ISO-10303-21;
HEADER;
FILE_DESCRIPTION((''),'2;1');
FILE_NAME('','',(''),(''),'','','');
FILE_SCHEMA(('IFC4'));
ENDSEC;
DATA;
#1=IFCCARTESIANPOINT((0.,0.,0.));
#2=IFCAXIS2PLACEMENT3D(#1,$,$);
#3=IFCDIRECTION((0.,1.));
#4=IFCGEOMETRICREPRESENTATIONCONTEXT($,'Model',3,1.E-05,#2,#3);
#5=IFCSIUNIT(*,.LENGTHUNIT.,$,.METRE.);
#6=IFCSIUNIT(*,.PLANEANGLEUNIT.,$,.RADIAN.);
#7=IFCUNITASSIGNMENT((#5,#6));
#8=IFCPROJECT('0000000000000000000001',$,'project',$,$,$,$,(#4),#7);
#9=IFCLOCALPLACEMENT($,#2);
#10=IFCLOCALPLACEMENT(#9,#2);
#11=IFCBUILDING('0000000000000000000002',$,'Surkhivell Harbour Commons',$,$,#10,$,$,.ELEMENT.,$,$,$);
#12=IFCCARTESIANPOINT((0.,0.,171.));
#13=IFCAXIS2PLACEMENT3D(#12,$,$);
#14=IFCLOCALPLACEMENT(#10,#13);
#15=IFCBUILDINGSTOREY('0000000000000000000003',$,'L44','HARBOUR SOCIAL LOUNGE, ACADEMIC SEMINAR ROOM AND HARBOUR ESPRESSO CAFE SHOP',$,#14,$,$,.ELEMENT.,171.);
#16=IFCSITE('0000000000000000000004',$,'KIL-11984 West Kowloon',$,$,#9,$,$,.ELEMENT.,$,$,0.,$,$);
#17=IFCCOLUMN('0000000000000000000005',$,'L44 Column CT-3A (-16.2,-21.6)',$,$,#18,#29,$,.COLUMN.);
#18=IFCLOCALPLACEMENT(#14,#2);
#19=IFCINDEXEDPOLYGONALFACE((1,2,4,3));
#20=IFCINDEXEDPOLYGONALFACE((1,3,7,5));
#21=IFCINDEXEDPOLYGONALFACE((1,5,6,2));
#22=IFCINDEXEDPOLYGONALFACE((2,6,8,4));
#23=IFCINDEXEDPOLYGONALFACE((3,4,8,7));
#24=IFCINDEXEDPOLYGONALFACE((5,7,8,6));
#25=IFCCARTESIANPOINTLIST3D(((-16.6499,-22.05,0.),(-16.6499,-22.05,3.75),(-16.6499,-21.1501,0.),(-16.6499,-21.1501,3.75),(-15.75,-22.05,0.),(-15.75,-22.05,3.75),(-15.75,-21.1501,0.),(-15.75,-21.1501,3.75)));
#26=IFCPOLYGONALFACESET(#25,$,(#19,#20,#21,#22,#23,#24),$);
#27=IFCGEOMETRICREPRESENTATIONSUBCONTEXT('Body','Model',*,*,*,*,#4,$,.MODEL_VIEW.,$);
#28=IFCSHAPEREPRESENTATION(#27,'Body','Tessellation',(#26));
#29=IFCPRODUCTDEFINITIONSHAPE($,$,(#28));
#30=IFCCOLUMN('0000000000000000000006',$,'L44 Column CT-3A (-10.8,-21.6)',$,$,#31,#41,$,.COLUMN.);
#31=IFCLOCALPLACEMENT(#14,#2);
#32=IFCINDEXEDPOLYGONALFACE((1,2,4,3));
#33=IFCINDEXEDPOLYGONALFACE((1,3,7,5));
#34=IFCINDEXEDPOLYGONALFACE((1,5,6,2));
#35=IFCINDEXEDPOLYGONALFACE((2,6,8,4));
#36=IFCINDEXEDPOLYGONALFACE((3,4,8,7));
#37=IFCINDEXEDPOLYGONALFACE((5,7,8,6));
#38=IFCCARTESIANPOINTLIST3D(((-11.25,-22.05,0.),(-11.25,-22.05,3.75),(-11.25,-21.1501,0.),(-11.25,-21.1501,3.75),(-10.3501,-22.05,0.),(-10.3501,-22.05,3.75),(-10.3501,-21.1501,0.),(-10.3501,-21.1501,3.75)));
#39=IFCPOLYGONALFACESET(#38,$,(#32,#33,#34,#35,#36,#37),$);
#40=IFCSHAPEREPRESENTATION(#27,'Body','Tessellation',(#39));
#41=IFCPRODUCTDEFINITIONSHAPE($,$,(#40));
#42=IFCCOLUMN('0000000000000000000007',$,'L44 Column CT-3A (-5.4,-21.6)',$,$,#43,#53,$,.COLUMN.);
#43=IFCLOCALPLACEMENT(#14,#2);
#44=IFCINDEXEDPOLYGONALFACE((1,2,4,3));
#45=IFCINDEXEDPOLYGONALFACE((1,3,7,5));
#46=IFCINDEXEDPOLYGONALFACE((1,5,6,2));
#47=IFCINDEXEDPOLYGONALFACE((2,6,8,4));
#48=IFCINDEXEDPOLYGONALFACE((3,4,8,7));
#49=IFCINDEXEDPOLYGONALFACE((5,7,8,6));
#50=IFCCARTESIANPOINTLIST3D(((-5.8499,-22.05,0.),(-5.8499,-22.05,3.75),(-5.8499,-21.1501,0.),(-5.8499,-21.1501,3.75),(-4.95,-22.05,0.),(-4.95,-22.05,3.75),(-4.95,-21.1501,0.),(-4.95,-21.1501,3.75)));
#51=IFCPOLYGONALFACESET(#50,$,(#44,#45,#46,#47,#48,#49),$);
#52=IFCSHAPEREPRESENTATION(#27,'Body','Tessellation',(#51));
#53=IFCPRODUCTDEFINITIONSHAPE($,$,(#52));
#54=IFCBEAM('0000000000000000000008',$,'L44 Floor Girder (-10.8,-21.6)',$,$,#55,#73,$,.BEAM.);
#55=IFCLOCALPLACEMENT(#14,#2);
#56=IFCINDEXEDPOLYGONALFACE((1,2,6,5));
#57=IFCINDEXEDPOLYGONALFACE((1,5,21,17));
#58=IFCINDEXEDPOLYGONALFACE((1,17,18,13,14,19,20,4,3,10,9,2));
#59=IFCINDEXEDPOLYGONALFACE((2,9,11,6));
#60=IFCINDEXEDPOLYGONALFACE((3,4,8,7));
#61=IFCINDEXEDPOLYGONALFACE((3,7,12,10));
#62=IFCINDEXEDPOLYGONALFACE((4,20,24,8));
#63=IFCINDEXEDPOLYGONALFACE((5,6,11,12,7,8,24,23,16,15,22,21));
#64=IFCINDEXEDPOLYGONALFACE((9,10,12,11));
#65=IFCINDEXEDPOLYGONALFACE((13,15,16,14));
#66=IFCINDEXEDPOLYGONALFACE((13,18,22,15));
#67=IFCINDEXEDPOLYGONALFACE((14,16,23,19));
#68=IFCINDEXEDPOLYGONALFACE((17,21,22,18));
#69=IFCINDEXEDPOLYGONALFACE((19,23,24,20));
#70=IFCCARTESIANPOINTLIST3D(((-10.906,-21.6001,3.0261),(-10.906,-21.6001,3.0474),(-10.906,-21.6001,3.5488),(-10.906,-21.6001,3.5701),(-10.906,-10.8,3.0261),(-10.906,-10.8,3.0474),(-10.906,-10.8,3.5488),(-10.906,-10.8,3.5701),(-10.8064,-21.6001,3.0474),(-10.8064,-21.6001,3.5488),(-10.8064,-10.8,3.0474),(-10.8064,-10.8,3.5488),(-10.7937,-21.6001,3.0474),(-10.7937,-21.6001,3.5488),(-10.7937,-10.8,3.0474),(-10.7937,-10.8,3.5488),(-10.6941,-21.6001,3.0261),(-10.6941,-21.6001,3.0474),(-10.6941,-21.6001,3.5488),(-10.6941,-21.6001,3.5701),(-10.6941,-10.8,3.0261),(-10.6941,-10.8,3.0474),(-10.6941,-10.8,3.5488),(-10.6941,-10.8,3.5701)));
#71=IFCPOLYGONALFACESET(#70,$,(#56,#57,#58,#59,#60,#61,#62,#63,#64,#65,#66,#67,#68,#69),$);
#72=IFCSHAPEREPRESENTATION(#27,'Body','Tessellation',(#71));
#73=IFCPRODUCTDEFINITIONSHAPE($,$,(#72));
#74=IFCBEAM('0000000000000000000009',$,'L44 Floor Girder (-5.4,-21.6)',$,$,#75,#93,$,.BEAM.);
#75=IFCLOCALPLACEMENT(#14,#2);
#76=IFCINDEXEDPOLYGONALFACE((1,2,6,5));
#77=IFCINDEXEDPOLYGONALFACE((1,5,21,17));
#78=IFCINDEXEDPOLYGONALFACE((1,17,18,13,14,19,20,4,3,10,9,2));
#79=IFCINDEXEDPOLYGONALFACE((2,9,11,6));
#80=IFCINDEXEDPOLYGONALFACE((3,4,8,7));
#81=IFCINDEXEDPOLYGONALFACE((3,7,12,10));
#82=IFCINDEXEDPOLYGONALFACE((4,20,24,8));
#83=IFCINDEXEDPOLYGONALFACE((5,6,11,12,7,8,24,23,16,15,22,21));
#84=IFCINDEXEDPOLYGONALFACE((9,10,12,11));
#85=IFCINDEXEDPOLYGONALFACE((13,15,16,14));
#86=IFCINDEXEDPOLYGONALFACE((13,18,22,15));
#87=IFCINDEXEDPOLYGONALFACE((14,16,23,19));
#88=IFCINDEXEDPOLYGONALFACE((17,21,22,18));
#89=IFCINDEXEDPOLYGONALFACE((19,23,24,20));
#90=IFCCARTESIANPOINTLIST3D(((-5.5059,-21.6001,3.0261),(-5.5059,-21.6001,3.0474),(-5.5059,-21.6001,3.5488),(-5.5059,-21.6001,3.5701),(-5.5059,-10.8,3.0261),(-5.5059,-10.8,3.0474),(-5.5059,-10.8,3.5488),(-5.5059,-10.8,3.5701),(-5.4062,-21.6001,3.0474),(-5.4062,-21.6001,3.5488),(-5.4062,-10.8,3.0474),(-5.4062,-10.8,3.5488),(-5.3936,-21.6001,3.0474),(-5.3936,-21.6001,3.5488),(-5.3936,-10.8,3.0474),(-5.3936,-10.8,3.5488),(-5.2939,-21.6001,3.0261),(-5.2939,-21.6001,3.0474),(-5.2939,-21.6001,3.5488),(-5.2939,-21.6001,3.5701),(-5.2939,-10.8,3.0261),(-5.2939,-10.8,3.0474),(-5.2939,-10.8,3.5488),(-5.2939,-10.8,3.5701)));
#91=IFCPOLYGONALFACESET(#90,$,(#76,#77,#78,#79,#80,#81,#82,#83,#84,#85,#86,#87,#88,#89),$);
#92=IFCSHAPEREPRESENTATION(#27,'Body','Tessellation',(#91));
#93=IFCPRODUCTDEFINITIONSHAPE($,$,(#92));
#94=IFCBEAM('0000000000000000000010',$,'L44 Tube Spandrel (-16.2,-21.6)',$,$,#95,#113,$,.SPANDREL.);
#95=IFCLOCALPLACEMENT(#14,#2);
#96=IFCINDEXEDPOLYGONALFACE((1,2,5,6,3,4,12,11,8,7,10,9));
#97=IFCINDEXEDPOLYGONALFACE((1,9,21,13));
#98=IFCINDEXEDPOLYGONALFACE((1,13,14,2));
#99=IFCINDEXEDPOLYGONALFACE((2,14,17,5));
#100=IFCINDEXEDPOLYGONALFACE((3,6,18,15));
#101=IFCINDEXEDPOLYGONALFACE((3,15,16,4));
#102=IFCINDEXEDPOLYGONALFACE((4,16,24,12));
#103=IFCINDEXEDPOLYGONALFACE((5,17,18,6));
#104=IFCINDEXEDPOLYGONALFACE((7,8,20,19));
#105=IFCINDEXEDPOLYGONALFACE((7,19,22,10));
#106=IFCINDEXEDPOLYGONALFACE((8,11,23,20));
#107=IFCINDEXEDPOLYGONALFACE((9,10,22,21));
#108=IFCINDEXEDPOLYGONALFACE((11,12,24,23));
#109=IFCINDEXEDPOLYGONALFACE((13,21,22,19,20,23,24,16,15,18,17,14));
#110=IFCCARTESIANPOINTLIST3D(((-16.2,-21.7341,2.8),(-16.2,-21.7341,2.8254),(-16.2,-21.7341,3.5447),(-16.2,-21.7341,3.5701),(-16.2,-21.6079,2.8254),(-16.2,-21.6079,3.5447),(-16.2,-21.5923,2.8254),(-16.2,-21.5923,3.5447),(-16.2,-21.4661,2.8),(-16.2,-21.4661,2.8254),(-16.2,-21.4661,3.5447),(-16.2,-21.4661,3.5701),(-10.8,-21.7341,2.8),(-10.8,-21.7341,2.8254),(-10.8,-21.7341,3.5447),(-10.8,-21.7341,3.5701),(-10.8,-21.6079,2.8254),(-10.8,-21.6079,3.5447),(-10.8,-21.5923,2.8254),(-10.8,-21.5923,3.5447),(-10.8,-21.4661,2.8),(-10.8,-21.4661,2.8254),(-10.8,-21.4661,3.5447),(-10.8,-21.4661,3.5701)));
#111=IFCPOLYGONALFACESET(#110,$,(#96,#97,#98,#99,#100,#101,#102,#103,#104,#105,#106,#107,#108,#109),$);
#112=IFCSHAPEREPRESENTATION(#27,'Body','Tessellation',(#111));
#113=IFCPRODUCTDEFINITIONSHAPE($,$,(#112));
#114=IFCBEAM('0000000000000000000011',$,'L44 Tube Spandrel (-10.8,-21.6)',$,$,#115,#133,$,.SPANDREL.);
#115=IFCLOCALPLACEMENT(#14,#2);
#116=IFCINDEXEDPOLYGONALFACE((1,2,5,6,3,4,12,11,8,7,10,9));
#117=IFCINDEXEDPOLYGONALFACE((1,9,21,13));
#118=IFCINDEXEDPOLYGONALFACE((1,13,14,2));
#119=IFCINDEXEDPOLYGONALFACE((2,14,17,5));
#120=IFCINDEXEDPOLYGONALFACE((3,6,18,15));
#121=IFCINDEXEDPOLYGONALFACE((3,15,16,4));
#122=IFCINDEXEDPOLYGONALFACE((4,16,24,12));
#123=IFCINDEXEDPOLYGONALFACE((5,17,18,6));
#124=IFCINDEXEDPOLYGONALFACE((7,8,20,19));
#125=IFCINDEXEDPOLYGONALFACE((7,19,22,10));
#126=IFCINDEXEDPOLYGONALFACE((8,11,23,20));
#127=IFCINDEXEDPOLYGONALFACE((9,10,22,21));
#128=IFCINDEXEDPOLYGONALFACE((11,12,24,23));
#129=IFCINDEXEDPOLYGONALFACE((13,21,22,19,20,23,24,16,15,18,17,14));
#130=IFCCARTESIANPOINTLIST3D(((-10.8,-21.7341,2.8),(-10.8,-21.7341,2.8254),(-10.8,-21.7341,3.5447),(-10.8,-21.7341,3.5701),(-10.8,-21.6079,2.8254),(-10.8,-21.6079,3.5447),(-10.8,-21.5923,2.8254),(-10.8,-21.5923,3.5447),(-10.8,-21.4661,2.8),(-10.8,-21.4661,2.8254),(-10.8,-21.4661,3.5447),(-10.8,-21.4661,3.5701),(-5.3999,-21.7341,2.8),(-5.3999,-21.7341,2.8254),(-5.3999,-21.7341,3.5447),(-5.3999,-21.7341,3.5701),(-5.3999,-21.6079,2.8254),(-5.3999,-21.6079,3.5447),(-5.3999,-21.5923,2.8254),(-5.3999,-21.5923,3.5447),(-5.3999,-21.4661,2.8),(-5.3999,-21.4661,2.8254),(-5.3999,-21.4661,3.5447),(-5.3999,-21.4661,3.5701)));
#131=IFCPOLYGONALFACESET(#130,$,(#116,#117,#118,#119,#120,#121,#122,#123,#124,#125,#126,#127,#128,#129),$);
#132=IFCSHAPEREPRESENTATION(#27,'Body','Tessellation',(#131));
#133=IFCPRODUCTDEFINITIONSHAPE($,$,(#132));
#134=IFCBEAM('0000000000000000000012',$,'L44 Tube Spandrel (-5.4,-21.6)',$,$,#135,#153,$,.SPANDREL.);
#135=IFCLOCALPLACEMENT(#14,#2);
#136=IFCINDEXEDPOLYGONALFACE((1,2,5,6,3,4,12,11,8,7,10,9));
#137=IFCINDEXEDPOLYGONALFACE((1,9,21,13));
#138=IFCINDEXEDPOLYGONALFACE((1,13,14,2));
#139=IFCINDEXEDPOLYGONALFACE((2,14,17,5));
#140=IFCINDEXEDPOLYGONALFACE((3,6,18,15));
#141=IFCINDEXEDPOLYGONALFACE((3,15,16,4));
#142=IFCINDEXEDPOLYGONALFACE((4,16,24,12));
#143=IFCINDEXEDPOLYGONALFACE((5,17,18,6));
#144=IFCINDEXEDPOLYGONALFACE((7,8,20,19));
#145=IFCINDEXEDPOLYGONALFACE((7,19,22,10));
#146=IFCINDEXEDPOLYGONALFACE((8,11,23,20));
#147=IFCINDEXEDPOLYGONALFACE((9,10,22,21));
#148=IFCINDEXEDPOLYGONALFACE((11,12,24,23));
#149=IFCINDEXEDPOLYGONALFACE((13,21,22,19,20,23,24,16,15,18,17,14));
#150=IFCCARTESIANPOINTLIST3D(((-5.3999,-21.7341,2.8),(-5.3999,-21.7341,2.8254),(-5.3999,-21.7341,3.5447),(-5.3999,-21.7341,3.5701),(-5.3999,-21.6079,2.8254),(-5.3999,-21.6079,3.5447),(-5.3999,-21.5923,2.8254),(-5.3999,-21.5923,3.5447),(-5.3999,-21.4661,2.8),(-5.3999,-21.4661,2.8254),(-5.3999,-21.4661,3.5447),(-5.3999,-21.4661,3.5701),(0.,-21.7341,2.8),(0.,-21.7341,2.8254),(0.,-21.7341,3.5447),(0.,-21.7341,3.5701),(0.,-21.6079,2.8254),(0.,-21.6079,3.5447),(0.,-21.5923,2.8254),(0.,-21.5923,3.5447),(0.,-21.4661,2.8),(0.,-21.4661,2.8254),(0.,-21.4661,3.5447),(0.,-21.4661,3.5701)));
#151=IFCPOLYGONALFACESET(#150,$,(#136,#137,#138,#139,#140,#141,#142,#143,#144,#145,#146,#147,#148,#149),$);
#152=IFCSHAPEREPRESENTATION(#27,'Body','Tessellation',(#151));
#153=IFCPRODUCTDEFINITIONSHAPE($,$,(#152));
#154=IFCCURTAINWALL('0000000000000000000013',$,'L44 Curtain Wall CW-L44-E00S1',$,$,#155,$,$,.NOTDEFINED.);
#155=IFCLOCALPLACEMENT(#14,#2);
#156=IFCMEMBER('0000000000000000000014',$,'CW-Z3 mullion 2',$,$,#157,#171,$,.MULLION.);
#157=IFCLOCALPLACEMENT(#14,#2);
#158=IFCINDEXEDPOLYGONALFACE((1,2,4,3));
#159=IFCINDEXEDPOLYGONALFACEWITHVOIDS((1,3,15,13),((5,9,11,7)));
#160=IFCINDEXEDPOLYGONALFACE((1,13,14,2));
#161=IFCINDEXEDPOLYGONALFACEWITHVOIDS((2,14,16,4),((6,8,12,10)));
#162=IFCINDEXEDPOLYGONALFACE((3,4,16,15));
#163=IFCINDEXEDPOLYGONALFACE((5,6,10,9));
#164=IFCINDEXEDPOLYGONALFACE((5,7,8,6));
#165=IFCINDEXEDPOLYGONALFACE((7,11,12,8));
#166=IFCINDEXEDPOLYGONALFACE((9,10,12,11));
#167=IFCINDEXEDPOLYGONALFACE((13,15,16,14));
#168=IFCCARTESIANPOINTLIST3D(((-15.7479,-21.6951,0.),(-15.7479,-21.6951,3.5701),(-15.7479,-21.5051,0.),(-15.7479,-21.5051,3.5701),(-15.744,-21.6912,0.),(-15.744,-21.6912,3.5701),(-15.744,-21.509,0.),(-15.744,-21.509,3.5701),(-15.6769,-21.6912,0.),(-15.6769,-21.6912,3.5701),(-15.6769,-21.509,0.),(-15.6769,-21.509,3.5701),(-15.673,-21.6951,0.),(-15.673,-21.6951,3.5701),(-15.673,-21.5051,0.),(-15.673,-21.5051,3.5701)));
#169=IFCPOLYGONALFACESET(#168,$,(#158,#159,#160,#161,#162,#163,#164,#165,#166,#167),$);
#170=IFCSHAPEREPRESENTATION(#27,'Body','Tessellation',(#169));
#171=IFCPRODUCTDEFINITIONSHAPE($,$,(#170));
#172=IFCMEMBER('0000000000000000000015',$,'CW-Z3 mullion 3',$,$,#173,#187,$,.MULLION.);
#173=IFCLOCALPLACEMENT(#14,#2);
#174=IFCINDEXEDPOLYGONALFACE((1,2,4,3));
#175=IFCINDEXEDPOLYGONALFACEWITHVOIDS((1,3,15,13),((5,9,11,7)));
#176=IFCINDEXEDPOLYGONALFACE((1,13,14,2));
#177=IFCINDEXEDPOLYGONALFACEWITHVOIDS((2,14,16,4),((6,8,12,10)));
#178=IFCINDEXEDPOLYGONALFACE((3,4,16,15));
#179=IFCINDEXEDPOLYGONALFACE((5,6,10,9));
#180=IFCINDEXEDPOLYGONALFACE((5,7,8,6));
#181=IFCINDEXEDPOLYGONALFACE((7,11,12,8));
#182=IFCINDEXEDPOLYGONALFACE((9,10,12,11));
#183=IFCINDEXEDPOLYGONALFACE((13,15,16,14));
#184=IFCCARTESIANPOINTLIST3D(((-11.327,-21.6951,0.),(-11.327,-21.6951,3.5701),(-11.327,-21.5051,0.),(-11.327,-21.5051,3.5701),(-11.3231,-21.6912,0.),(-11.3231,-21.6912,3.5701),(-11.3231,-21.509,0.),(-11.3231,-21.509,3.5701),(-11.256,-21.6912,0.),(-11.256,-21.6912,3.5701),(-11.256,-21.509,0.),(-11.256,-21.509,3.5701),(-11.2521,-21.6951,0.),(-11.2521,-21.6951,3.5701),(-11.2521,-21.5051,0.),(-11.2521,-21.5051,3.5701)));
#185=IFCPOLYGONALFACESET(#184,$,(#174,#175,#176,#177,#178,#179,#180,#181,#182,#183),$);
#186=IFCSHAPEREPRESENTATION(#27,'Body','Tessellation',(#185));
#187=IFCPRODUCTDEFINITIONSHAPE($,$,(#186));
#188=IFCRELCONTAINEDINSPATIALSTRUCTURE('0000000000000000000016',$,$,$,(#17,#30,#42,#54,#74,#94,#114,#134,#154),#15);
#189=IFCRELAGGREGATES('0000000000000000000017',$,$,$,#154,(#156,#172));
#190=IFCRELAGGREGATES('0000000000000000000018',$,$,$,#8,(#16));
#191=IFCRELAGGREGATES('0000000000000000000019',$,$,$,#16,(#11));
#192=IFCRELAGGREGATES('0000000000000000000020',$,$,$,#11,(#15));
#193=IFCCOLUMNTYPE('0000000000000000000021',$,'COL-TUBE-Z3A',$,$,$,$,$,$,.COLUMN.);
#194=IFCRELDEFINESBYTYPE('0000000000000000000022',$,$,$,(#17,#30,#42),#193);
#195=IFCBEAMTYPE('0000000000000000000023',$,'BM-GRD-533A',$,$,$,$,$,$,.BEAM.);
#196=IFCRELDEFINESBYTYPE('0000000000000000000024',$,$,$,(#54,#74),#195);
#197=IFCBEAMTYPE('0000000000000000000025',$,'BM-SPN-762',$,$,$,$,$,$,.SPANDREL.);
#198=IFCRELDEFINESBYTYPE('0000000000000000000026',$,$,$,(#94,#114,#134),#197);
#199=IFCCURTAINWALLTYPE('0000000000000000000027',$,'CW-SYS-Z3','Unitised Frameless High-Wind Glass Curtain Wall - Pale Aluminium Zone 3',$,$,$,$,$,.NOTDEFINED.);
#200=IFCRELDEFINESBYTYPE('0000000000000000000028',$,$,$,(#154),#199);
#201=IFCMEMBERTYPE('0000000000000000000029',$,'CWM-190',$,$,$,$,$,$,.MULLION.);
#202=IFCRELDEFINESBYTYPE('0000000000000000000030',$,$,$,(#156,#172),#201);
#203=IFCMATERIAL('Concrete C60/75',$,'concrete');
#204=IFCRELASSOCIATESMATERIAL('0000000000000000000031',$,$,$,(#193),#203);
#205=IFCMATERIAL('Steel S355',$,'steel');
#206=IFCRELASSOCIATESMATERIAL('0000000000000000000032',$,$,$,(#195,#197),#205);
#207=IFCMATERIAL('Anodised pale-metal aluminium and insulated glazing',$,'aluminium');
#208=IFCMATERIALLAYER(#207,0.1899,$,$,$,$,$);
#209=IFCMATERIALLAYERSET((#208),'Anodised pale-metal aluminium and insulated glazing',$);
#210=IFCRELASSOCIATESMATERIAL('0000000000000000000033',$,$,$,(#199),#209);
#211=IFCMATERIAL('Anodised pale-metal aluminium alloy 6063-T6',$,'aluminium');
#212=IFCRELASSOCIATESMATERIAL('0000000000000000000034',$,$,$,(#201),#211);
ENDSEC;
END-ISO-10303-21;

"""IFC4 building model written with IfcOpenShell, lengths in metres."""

from ifc_helpers import new_model, si_unit, direction, frame, origin, origin_2d, place, context, subcontext, project, spatial, rectangle, hollow_rectangle, i_section, extrude, material, layer, layer_set, material_profile, profile_set, type_object, element, aggregate, save


model = new_model("IFC4")

# Units and contexts
model_context = context("Model", 3, precision=1e-05, world=origin(), true_north=direction((0.0, 1.0)))
body_context = subcontext(model_context, "Body", "Model", "MODEL_VIEW")
ifc_project = project(units=[si_unit("LENGTHUNIT", "METRE"), si_unit("PLANEANGLEUNIT", "RADIAN")], contexts=[model_context])

# Site, building, storey
site_placement = place(None, origin())
site = spatial("IfcSite", under=ifc_project, at=site_placement, Name="KIL-11984 West Kowloon", CompositionType="ELEMENT", RefElevation=0.0)
building_placement = place(site_placement, origin())
building = spatial("IfcBuilding", under=site, at=building_placement, Name="Surkhivell Harbour Commons", CompositionType="ELEMENT")
storey_placement = place(building_placement, frame((0.0, 0.0, 171.0)))
storey = spatial("IfcBuildingStorey", under=building, at=storey_placement, Name="L44", Description="HARBOUR SOCIAL LOUNGE, ACADEMIC SEMINAR ROOM AND HARBOUR ESPRESSO CAFE SHOP", CompositionType="ELEMENT", Elevation=171.0)

# Columns
ifc_material_1 = material(Name="Concrete C60/75", Category="concrete")
ifc_material_profile_1 = material_profile(ifc_material_1, rectangle(XDim=0.8999, YDim=0.8999, at=origin_2d()), Name="RC-COL-900x900")
ifc_profile_set_1 = profile_set([ifc_material_profile_1], Name="Concrete C60/75")
column_type = type_object("IfcColumnType", Name="COL-TUBE-Z3A", PredefinedType="COLUMN", material=ifc_profile_set_1)
for number, where, z_axis, x_axis, name in (
    (1, (-16.2, -21.6001, 0.0), (0.0, 0.0, 1.0), (1.0, 0.0, 0.0), "L44 Column CT-3A (-16.2,-21.6)"),
    (2, (-10.8, -21.6001, 0.0), (0.0, 0.0, 1.0), (1.0, 0.0, 0.0), "L44 Column CT-3A (-10.8,-21.6)"),
    (3, (-5.3999, -21.6001, 0.0), (0.0, 0.0, 1.0), (1.0, 0.0, 0.0), "L44 Column CT-3A (-5.4,-21.6)"),
):
    element("IfcColumn", number, at=place(storey_placement, frame(where, z_axis=z_axis, x_axis=x_axis)), inside=storey, type_object=column_type, Name=name, PredefinedType="COLUMN", context=body_context, shape_type="SweptSolid", body=[
        extrude(rectangle(XDim=0.8999, YDim=0.8999, at=origin_2d()), origin(), (0.0, 0.0, 1.0), 3.75),
    ])

# Beams
ifc_material_2 = material(Name="Steel S355", Category="steel")
ifc_material_profile_2 = material_profile(ifc_material_2, i_section(OverallWidth=0.2119, OverallDepth=0.5439, WebThickness=0.0127, FlangeThickness=0.0212, at=origin_2d()), Name="UB533x210x122")
ifc_profile_set_2 = profile_set([ifc_material_profile_2], Name="Steel S355")
beam_type_1 = type_object("IfcBeamType", Name="BM-GRD-533A", PredefinedType="BEAM", material=ifc_profile_set_2)
for number, where, z_axis, x_axis, name in (
    (4, (-10.8, -21.6001, 3.2981), (0.0, 1.0, 0.0), (-1.0, 0.0, 0.0), "L44 Floor Girder (-10.8,-21.6)"),
    (5, (-5.3999, -21.6001, 3.2981), (0.0, 1.0, 0.0), (-1.0, 0.0, 0.0), "L44 Floor Girder (-5.4,-21.6)"),
):
    element("IfcBeam", number, at=place(storey_placement, frame(where, z_axis=z_axis, x_axis=x_axis)), inside=storey, type_object=beam_type_1, Name=name, PredefinedType="BEAM", context=body_context, shape_type="SweptSolid", body=[
        extrude(i_section(OverallWidth=0.2119, OverallDepth=0.5439, WebThickness=0.0127, FlangeThickness=0.0212, at=origin_2d()), origin(), (0.0, 0.0, 1.0), 10.8),
    ])
ifc_material_profile_3 = material_profile(ifc_material_2, i_section(OverallWidth=0.2681, OverallDepth=0.77, WebThickness=0.0156, FlangeThickness=0.0254, at=origin_2d()), Name="UB762x267x197")
ifc_profile_set_3 = profile_set([ifc_material_profile_3], Name="Steel S355")
beam_type_2 = type_object("IfcBeamType", Name="BM-SPN-762", PredefinedType="SPANDREL", material=ifc_profile_set_3)
beam_1_placement = place(storey_placement, frame((-16.2, -21.6001, 3.1851), z_axis=(1.0, 0.0, 0.0), x_axis=(0.0, 1.0, 0.0)))
element("IfcBeam", 6, at=beam_1_placement, inside=storey, type_object=beam_type_2, Name="L44 Tube Spandrel (-16.2,-21.6)", PredefinedType="SPANDREL", context=body_context, shape_type="SweptSolid", body=[
    extrude(i_section(OverallWidth=0.2681, OverallDepth=0.77, WebThickness=0.0156, FlangeThickness=0.0254, at=origin_2d()), origin(), (0.0, 0.0, 1.0), 5.3999),
])
beam_2_placement = place(storey_placement, frame((-10.8, -21.6001, 3.1851), z_axis=(1.0, 0.0, 0.0), x_axis=(0.0, 1.0, 0.0)))
element("IfcBeam", 7, at=beam_2_placement, inside=storey, type_object=beam_type_2, Name="L44 Tube Spandrel (-10.8,-21.6)", PredefinedType="SPANDREL", context=body_context, shape_type="SweptSolid", body=[
    extrude(i_section(OverallWidth=0.2681, OverallDepth=0.77, WebThickness=0.0156, FlangeThickness=0.0254, at=origin_2d()), origin(), (0.0, 0.0, 1.0), 5.4001),
])
beam_3_placement = place(storey_placement, frame((-5.3999, -21.6001, 3.1851), z_axis=(1.0, 0.0, 0.0), x_axis=(0.0, 1.0, 0.0)))
element("IfcBeam", 8, at=beam_3_placement, inside=storey, type_object=beam_type_2, Name="L44 Tube Spandrel (-5.4,-21.6)", PredefinedType="SPANDREL", context=body_context, shape_type="SweptSolid", body=[
    extrude(i_section(OverallWidth=0.2681, OverallDepth=0.77, WebThickness=0.0156, FlangeThickness=0.0254, at=origin_2d()), origin(), (0.0, 0.0, 1.0), 5.3999),
])

# Curtain wall, members
ifc_material_3 = material(Name="Anodised pale-metal aluminium and insulated glazing", Category="aluminium")
ifc_layer_1 = layer(ifc_material_3, 0.1899)
ifc_layer_set_1 = layer_set([ifc_layer_1], Name="Anodised pale-metal aluminium and insulated glazing")
curtain_wall_type = type_object("IfcCurtainWallType", Name="CW-SYS-Z3", Description="Unitised Frameless High-Wind Glass Curtain Wall - Pale Aluminium Zone 3", PredefinedType="NOTDEFINED", material=ifc_layer_set_1)
curtain_wall_1_placement = place(storey_placement, origin())
curtain_wall_1 = element("IfcCurtainWall", 9, at=curtain_wall_1_placement, inside=storey, type_object=curtain_wall_type, Name="L44 Curtain Wall CW-L44-E00S1", PredefinedType="NOTDEFINED")
ifc_material_4 = material(Name="Anodised pale-metal aluminium alloy 6063-T6", Category="aluminium")
ifc_material_profile_4 = material_profile(ifc_material_4, hollow_rectangle(XDim=0.075, YDim=0.1899, WallThickness=0.0039, at=origin_2d()), Name="ALU-MULL-75x190")
ifc_profile_set_4 = profile_set([ifc_material_profile_4], Name="Anodised pale-metal aluminium alloy 6063-T6")
member_type_1 = type_object("IfcMemberType", Name="CWM-190", PredefinedType="MULLION", material=ifc_profile_set_4)
member_1_placement = place(storey_placement, frame((-15.7104, -21.6001, 0.0), z_axis=(0.0, 0.0, 1.0), x_axis=(1.0, 0.0, 0.0)))
member_1 = element("IfcMember", 10, at=member_1_placement, type_object=member_type_1, Name="CW-Z3 mullion 2", PredefinedType="MULLION", context=body_context, shape_type="SweptSolid", body=[
    extrude(hollow_rectangle(XDim=0.075, YDim=0.1899, WallThickness=0.0039, at=origin_2d()), origin(), (0.0, 0.0, 1.0), 3.5701),
])
member_2_placement = place(storey_placement, frame((-11.2896, -21.6001, 0.0), z_axis=(0.0, 0.0, 1.0), x_axis=(1.0, 0.0, 0.0)))
member_2 = element("IfcMember", 11, at=member_2_placement, type_object=member_type_1, Name="CW-Z3 mullion 3", PredefinedType="MULLION", context=body_context, shape_type="SweptSolid", body=[
    extrude(hollow_rectangle(XDim=0.075, YDim=0.1899, WallThickness=0.0039, at=origin_2d()), origin(), (0.0, 0.0, 1.0), 3.5701),
])

aggregate(curtain_wall_1, [member_1, member_2])

save(model, "model.ifc")
